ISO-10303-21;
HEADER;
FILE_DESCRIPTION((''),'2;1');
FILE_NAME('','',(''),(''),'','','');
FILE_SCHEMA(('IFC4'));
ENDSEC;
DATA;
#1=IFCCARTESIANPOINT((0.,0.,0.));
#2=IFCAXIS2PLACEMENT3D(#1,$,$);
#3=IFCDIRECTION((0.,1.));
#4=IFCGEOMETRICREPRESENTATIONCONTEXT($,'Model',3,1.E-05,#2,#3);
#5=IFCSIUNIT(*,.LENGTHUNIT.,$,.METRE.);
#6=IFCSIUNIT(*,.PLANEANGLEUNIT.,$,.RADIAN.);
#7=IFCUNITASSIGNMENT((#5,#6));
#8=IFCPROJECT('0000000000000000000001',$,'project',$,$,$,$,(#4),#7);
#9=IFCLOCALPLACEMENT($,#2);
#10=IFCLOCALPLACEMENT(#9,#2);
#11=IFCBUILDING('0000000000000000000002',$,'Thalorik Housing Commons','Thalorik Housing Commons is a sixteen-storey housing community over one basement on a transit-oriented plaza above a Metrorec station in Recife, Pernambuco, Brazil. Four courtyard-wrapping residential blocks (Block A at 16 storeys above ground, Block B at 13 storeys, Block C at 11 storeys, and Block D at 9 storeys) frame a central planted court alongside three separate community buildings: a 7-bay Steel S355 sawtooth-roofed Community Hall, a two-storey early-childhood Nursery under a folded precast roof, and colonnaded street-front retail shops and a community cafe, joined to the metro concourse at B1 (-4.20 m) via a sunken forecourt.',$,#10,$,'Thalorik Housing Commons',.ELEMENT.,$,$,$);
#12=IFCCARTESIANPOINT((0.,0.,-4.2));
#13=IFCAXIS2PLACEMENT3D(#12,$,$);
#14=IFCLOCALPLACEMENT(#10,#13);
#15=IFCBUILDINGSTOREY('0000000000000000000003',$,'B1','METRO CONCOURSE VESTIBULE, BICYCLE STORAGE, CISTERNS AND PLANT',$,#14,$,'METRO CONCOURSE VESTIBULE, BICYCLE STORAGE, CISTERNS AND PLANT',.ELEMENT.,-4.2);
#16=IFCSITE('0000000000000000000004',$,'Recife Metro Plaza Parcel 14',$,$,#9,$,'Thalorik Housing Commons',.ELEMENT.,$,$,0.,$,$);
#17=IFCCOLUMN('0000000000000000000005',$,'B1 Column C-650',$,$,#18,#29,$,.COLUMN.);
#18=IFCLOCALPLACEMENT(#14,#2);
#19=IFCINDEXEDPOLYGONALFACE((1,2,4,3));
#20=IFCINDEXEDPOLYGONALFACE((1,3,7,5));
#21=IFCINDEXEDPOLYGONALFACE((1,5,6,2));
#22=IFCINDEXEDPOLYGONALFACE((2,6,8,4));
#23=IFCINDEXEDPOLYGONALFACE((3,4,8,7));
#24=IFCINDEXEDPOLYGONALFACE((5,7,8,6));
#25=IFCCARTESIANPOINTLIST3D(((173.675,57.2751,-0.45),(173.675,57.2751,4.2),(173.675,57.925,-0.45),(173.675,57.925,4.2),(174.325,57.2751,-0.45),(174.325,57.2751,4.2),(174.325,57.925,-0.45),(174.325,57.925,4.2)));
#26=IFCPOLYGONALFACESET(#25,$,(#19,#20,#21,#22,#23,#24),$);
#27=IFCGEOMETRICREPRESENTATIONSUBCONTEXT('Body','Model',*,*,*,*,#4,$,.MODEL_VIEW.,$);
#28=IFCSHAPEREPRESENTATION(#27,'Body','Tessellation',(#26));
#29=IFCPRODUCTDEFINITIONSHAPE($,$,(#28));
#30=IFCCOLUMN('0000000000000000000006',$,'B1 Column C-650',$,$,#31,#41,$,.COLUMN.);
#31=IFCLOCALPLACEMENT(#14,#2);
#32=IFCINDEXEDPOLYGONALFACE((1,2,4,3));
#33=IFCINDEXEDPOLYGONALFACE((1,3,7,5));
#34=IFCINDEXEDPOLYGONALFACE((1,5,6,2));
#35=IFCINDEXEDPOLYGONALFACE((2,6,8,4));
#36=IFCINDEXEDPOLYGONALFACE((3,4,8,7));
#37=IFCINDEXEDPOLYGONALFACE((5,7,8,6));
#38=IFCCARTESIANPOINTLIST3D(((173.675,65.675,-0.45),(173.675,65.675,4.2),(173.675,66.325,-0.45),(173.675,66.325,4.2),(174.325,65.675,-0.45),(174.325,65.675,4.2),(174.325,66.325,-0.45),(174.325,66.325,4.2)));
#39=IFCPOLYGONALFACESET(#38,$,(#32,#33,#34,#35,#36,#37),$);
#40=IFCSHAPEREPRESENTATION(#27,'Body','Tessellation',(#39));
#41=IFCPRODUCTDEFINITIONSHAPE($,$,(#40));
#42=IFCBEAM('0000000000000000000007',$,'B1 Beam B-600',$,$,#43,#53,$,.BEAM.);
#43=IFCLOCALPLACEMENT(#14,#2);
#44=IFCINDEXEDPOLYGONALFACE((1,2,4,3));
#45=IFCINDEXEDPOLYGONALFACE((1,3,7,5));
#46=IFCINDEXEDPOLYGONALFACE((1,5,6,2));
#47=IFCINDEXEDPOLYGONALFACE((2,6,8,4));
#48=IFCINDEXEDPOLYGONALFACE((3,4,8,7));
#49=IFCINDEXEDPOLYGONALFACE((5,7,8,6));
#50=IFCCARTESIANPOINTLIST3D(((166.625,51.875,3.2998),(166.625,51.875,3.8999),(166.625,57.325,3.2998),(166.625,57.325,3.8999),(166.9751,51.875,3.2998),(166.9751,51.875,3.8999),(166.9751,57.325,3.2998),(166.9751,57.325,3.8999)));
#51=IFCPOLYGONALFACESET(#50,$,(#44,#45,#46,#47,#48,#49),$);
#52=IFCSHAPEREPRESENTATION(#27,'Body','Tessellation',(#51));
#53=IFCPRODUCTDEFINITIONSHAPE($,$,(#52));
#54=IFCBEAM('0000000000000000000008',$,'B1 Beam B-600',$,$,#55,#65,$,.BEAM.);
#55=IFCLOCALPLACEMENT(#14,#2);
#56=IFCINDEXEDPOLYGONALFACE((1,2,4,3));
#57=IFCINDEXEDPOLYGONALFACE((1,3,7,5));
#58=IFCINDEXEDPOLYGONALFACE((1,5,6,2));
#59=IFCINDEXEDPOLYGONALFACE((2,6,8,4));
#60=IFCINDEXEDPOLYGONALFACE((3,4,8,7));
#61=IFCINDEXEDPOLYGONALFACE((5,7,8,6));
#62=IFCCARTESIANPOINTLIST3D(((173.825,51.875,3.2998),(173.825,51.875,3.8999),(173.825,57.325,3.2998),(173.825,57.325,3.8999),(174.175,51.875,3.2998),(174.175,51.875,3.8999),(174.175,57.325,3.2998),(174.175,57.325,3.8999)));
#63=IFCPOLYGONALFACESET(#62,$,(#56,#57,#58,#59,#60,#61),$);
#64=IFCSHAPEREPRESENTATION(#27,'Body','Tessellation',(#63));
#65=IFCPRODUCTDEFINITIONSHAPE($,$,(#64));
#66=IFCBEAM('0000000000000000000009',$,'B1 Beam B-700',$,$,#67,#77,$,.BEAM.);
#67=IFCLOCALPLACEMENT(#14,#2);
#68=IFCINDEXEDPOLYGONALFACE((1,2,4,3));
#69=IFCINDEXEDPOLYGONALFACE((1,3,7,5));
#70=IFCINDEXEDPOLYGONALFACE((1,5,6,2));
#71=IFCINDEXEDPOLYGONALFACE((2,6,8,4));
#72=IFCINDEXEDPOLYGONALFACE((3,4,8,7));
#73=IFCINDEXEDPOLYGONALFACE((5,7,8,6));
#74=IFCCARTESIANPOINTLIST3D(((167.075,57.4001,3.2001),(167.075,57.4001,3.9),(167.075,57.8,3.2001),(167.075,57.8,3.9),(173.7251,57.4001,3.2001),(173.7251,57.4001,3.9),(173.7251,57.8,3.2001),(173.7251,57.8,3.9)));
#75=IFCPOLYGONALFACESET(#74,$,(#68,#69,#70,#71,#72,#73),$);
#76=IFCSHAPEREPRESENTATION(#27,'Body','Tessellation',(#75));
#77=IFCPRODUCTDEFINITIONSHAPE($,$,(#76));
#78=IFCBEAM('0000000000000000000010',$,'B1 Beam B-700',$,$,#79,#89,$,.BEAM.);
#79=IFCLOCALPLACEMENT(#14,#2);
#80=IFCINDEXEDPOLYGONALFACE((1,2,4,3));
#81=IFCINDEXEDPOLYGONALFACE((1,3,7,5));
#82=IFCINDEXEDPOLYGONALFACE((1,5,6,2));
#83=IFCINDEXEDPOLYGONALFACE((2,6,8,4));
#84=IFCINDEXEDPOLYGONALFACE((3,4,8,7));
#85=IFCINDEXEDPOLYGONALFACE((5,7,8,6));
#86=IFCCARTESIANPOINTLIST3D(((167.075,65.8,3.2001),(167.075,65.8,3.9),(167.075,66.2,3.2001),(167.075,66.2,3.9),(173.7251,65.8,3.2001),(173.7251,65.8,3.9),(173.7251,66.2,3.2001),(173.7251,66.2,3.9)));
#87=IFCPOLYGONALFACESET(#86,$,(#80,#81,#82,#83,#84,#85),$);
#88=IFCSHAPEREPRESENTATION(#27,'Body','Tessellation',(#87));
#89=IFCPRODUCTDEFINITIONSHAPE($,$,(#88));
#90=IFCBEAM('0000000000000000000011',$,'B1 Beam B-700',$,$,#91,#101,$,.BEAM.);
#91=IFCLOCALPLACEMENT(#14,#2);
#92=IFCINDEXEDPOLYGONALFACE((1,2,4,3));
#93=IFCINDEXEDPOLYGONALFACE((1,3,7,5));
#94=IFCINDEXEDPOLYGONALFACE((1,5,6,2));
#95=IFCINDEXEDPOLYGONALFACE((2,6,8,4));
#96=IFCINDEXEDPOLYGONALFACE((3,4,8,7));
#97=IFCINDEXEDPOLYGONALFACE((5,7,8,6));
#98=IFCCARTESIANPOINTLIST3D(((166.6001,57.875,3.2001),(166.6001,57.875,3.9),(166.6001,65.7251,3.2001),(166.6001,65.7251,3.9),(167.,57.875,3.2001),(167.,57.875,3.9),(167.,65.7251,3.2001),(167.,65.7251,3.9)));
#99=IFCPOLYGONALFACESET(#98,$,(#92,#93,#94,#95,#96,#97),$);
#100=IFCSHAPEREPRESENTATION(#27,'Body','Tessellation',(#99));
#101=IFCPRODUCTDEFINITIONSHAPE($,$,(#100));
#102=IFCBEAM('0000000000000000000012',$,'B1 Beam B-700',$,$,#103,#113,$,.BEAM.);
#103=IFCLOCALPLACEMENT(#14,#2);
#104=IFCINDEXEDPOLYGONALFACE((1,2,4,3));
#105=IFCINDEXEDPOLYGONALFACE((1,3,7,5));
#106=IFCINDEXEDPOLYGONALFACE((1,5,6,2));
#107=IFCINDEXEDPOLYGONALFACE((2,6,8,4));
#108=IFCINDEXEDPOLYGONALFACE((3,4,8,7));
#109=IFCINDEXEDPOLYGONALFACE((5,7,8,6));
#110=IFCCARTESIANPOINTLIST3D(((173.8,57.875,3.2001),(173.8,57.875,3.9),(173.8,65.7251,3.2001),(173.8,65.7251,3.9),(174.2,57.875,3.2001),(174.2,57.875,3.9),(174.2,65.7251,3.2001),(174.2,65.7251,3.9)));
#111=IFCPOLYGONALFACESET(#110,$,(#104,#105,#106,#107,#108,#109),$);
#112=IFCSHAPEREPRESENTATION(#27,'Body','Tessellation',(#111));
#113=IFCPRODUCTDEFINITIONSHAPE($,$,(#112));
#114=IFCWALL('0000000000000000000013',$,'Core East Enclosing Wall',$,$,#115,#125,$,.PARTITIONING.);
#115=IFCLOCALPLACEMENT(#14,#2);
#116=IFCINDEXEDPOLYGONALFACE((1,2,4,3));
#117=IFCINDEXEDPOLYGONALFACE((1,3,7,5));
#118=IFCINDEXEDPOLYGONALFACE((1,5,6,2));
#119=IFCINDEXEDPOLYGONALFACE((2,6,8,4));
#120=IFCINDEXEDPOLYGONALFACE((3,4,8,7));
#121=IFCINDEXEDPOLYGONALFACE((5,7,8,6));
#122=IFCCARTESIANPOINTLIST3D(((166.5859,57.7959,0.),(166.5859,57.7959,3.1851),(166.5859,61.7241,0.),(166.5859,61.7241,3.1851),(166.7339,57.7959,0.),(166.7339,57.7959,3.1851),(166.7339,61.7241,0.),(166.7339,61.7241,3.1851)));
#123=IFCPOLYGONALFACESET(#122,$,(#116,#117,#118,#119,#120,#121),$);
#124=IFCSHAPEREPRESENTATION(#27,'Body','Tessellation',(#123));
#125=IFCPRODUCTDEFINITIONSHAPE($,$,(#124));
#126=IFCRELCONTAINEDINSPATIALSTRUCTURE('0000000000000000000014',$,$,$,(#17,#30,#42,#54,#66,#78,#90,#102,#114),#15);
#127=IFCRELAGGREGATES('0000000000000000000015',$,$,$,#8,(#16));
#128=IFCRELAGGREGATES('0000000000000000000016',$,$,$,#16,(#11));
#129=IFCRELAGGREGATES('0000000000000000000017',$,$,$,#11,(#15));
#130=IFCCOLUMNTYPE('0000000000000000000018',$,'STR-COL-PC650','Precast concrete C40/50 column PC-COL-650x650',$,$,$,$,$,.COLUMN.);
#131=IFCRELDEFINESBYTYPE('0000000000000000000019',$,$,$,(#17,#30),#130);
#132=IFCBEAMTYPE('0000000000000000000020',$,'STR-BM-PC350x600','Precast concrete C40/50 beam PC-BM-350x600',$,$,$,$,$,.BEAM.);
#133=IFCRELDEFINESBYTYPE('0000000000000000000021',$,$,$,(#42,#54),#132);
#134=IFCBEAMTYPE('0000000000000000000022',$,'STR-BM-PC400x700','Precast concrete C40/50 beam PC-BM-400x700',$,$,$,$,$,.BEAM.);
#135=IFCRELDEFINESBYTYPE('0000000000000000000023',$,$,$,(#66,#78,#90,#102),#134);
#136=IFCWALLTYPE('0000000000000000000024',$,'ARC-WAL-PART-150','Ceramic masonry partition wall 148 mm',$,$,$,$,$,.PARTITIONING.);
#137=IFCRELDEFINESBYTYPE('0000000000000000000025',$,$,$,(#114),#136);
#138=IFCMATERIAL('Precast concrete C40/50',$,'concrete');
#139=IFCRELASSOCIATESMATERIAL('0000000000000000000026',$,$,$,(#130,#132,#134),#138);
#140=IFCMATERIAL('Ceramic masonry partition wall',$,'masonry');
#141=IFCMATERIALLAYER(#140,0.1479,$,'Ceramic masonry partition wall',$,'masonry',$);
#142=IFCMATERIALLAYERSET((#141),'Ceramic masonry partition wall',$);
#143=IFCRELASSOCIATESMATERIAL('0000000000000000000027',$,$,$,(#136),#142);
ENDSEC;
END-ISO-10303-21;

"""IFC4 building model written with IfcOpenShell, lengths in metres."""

from ifc_helpers import new_model, si_unit, direction, frame, frame_2d, origin, origin_2d, place, context, subcontext, project, spatial, rectangle, extrude, material, layer, layer_set, material_profile, profile_set, type_object, element, save


model = new_model("IFC4")

# Units and contexts
model_context = context("Model", 3, precision=1e-05, world=origin(), true_north=direction((0.0, 1.0)))
body_context = subcontext(model_context, "Body", "Model", "MODEL_VIEW")
ifc_project = project(units=[si_unit("LENGTHUNIT", "METRE"), si_unit("PLANEANGLEUNIT", "RADIAN")], contexts=[model_context])

# Site, building, storey
site_placement = place(None, origin())
site = spatial("IfcSite", under=ifc_project, at=site_placement, Name="Recife Metro Plaza Parcel 14", LongName="Thalorik Housing Commons", CompositionType="ELEMENT", RefElevation=0.0)
building_placement = place(site_placement, origin())
building = spatial("IfcBuilding", under=site, at=building_placement, Name="Thalorik Housing Commons", Description="Thalorik Housing Commons is a sixteen-storey housing community over one basement on a transit-oriented plaza above a Metrorec station in Recife, Pernambuco, Brazil. Four courtyard-wrapping residential blocks (Block A at 16 storeys above ground, Block B at 13 storeys, Block C at 11 storeys, and Block D at 9 storeys) frame a central planted court alongside three separate community buildings: a 7-bay Steel S355 sawtooth-roofed Community Hall, a two-storey early-childhood Nursery under a folded precast roof, and colonnaded street-front retail shops and a community cafe, joined to the metro concourse at B1 (-4.20 m) via a sunken forecourt.", LongName="Thalorik Housing Commons", CompositionType="ELEMENT")
storey_placement = place(building_placement, frame((0.0, 0.0, -4.2)))
storey = spatial("IfcBuildingStorey", under=building, at=storey_placement, Name="B1", Description="METRO CONCOURSE VESTIBULE, BICYCLE STORAGE, CISTERNS AND PLANT", LongName="METRO CONCOURSE VESTIBULE, BICYCLE STORAGE, CISTERNS AND PLANT", CompositionType="ELEMENT", Elevation=-4.2)

# Columns
ifc_material_1 = material(Name="Precast concrete C40/50", Category="concrete")
ifc_material_profile_1 = material_profile(ifc_material_1, rectangle(XDim=0.6499, YDim=0.6499, at=origin_2d()), Name="PC 650x650", Category="concrete")
ifc_profile_set_1 = profile_set([ifc_material_profile_1], Name="Precast concrete C40/50")
column_type = type_object("IfcColumnType", Name="STR-COL-PC650", Description="Precast concrete C40/50 column PC-COL-650x650", PredefinedType="COLUMN", material=ifc_profile_set_1)
for number, where, z_axis, x_axis, name in (
    (1, (174.0, 57.6001, -0.45), (0.0, 0.0, 1.0), (1.0, 0.0, 0.0), "B1 Column C-650"),
    (2, (174.0, 66.0, -0.45), (0.0, 0.0, 1.0), (1.0, 0.0, 0.0), "B1 Column C-650"),
):
    element("IfcColumn", number, at=place(storey_placement, frame(where, z_axis=z_axis, x_axis=x_axis)), inside=storey, type_object=column_type, Name=name, PredefinedType="COLUMN", context=body_context, shape_type="SweptSolid", body=[
        extrude(rectangle(XDim=0.6499, YDim=0.6499, at=origin_2d()), origin(), (0.0, 0.0, 1.0), 4.6499),
    ])

# Beams
ifc_material_profile_2 = material_profile(ifc_material_1, rectangle(XDim=0.3501, YDim=0.6001, at=origin_2d()), Name="PC 350x600", Category="concrete")
ifc_profile_set_2 = profile_set([ifc_material_profile_2], Name="Precast concrete C40/50")
beam_type_1 = type_object("IfcBeamType", Name="STR-BM-PC350x600", Description="Precast concrete C40/50 beam PC-BM-350x600", PredefinedType="BEAM", material=ifc_profile_set_2)
for number, where, z_axis, x_axis, name in (
    (3, (166.8, 51.875, 3.5999), (0.0, 1.0, 0.0), (-1.0, 0.0, 0.0), "B1 Beam B-600"),
    (4, (174.0, 51.875, 3.5999), (0.0, 1.0, 0.0), (-1.0, 0.0, 0.0), "B1 Beam B-600"),
):
    element("IfcBeam", number, at=place(storey_placement, frame(where, z_axis=z_axis, x_axis=x_axis)), inside=storey, type_object=beam_type_1, Name=name, PredefinedType="BEAM", context=body_context, shape_type="SweptSolid", body=[
        extrude(rectangle(XDim=0.3501, YDim=0.6001, at=origin_2d()), origin(), (0.0, 0.0, 1.0), 5.45),
    ])
ifc_material_profile_3 = material_profile(ifc_material_1, rectangle(XDim=0.3999, YDim=0.7, at=origin_2d()), Name="PC 400x700", Category="concrete")
ifc_profile_set_3 = profile_set([ifc_material_profile_3], Name="Precast concrete C40/50")
beam_type_2 = type_object("IfcBeamType", Name="STR-BM-PC400x700", Description="Precast concrete C40/50 beam PC-BM-400x700", PredefinedType="BEAM", material=ifc_profile_set_3)
for number, where, z_axis, x_axis, name in (
    (5, (167.075, 57.6001, 3.55), (1.0, 0.0, 0.0), (0.0, 1.0, 0.0), "B1 Beam B-700"),
    (6, (167.075, 66.0, 3.55), (1.0, 0.0, 0.0), (0.0, 1.0, 0.0), "B1 Beam B-700"),
):
    element("IfcBeam", number, at=place(storey_placement, frame(where, z_axis=z_axis, x_axis=x_axis)), inside=storey, type_object=beam_type_2, Name=name, PredefinedType="BEAM", context=body_context, shape_type="SweptSolid", body=[
        extrude(rectangle(XDim=0.3999, YDim=0.7, at=origin_2d()), origin(), (0.0, 0.0, 1.0), 6.6501),
    ])
for number, where, z_axis, x_axis, name in (
    (7, (166.8, 57.875, 3.55), (0.0, 1.0, 0.0), (-1.0, 0.0, 0.0), "B1 Beam B-700"),
    (8, (174.0, 57.875, 3.55), (0.0, 1.0, 0.0), (-1.0, 0.0, 0.0), "B1 Beam B-700"),
):
    element("IfcBeam", number, at=place(storey_placement, frame(where, z_axis=z_axis, x_axis=x_axis)), inside=storey, type_object=beam_type_2, Name=name, PredefinedType="BEAM", context=body_context, shape_type="SweptSolid", body=[
        extrude(rectangle(XDim=0.3999, YDim=0.7, at=origin_2d()), origin(), (0.0, 0.0, 1.0), 7.8501),
    ])

# Wall
ifc_material_2 = material(Name="Ceramic masonry partition wall", Category="masonry")
ifc_layer = layer(ifc_material_2, 0.1479, Name="Ceramic masonry partition wall", Category="masonry")
ifc_layer_set = layer_set([ifc_layer], Name="Ceramic masonry partition wall")
wall_type = type_object("IfcWallType", Name="ARC-WAL-PART-150", Description="Ceramic masonry partition wall 148 mm", PredefinedType="PARTITIONING", material=ifc_layer_set)
wall_placement = place(storey_placement, frame((166.6599, 61.7241, 0.0), z_axis=(0.0, 0.0, 1.0), x_axis=(0.0, -1.0, 0.0)))
element("IfcWall", 9, at=wall_placement, inside=storey, type_object=wall_type, Name="Core East Enclosing Wall", PredefinedType="PARTITIONING", context=body_context, shape_type="SweptSolid", body=[
    extrude(rectangle(XDim=3.9282, YDim=0.1479, at=frame_2d((1.9641, 0.0))), origin(), (0.0, 0.0, 1.0), 3.1851),
])

save(model, "model.ifc")
